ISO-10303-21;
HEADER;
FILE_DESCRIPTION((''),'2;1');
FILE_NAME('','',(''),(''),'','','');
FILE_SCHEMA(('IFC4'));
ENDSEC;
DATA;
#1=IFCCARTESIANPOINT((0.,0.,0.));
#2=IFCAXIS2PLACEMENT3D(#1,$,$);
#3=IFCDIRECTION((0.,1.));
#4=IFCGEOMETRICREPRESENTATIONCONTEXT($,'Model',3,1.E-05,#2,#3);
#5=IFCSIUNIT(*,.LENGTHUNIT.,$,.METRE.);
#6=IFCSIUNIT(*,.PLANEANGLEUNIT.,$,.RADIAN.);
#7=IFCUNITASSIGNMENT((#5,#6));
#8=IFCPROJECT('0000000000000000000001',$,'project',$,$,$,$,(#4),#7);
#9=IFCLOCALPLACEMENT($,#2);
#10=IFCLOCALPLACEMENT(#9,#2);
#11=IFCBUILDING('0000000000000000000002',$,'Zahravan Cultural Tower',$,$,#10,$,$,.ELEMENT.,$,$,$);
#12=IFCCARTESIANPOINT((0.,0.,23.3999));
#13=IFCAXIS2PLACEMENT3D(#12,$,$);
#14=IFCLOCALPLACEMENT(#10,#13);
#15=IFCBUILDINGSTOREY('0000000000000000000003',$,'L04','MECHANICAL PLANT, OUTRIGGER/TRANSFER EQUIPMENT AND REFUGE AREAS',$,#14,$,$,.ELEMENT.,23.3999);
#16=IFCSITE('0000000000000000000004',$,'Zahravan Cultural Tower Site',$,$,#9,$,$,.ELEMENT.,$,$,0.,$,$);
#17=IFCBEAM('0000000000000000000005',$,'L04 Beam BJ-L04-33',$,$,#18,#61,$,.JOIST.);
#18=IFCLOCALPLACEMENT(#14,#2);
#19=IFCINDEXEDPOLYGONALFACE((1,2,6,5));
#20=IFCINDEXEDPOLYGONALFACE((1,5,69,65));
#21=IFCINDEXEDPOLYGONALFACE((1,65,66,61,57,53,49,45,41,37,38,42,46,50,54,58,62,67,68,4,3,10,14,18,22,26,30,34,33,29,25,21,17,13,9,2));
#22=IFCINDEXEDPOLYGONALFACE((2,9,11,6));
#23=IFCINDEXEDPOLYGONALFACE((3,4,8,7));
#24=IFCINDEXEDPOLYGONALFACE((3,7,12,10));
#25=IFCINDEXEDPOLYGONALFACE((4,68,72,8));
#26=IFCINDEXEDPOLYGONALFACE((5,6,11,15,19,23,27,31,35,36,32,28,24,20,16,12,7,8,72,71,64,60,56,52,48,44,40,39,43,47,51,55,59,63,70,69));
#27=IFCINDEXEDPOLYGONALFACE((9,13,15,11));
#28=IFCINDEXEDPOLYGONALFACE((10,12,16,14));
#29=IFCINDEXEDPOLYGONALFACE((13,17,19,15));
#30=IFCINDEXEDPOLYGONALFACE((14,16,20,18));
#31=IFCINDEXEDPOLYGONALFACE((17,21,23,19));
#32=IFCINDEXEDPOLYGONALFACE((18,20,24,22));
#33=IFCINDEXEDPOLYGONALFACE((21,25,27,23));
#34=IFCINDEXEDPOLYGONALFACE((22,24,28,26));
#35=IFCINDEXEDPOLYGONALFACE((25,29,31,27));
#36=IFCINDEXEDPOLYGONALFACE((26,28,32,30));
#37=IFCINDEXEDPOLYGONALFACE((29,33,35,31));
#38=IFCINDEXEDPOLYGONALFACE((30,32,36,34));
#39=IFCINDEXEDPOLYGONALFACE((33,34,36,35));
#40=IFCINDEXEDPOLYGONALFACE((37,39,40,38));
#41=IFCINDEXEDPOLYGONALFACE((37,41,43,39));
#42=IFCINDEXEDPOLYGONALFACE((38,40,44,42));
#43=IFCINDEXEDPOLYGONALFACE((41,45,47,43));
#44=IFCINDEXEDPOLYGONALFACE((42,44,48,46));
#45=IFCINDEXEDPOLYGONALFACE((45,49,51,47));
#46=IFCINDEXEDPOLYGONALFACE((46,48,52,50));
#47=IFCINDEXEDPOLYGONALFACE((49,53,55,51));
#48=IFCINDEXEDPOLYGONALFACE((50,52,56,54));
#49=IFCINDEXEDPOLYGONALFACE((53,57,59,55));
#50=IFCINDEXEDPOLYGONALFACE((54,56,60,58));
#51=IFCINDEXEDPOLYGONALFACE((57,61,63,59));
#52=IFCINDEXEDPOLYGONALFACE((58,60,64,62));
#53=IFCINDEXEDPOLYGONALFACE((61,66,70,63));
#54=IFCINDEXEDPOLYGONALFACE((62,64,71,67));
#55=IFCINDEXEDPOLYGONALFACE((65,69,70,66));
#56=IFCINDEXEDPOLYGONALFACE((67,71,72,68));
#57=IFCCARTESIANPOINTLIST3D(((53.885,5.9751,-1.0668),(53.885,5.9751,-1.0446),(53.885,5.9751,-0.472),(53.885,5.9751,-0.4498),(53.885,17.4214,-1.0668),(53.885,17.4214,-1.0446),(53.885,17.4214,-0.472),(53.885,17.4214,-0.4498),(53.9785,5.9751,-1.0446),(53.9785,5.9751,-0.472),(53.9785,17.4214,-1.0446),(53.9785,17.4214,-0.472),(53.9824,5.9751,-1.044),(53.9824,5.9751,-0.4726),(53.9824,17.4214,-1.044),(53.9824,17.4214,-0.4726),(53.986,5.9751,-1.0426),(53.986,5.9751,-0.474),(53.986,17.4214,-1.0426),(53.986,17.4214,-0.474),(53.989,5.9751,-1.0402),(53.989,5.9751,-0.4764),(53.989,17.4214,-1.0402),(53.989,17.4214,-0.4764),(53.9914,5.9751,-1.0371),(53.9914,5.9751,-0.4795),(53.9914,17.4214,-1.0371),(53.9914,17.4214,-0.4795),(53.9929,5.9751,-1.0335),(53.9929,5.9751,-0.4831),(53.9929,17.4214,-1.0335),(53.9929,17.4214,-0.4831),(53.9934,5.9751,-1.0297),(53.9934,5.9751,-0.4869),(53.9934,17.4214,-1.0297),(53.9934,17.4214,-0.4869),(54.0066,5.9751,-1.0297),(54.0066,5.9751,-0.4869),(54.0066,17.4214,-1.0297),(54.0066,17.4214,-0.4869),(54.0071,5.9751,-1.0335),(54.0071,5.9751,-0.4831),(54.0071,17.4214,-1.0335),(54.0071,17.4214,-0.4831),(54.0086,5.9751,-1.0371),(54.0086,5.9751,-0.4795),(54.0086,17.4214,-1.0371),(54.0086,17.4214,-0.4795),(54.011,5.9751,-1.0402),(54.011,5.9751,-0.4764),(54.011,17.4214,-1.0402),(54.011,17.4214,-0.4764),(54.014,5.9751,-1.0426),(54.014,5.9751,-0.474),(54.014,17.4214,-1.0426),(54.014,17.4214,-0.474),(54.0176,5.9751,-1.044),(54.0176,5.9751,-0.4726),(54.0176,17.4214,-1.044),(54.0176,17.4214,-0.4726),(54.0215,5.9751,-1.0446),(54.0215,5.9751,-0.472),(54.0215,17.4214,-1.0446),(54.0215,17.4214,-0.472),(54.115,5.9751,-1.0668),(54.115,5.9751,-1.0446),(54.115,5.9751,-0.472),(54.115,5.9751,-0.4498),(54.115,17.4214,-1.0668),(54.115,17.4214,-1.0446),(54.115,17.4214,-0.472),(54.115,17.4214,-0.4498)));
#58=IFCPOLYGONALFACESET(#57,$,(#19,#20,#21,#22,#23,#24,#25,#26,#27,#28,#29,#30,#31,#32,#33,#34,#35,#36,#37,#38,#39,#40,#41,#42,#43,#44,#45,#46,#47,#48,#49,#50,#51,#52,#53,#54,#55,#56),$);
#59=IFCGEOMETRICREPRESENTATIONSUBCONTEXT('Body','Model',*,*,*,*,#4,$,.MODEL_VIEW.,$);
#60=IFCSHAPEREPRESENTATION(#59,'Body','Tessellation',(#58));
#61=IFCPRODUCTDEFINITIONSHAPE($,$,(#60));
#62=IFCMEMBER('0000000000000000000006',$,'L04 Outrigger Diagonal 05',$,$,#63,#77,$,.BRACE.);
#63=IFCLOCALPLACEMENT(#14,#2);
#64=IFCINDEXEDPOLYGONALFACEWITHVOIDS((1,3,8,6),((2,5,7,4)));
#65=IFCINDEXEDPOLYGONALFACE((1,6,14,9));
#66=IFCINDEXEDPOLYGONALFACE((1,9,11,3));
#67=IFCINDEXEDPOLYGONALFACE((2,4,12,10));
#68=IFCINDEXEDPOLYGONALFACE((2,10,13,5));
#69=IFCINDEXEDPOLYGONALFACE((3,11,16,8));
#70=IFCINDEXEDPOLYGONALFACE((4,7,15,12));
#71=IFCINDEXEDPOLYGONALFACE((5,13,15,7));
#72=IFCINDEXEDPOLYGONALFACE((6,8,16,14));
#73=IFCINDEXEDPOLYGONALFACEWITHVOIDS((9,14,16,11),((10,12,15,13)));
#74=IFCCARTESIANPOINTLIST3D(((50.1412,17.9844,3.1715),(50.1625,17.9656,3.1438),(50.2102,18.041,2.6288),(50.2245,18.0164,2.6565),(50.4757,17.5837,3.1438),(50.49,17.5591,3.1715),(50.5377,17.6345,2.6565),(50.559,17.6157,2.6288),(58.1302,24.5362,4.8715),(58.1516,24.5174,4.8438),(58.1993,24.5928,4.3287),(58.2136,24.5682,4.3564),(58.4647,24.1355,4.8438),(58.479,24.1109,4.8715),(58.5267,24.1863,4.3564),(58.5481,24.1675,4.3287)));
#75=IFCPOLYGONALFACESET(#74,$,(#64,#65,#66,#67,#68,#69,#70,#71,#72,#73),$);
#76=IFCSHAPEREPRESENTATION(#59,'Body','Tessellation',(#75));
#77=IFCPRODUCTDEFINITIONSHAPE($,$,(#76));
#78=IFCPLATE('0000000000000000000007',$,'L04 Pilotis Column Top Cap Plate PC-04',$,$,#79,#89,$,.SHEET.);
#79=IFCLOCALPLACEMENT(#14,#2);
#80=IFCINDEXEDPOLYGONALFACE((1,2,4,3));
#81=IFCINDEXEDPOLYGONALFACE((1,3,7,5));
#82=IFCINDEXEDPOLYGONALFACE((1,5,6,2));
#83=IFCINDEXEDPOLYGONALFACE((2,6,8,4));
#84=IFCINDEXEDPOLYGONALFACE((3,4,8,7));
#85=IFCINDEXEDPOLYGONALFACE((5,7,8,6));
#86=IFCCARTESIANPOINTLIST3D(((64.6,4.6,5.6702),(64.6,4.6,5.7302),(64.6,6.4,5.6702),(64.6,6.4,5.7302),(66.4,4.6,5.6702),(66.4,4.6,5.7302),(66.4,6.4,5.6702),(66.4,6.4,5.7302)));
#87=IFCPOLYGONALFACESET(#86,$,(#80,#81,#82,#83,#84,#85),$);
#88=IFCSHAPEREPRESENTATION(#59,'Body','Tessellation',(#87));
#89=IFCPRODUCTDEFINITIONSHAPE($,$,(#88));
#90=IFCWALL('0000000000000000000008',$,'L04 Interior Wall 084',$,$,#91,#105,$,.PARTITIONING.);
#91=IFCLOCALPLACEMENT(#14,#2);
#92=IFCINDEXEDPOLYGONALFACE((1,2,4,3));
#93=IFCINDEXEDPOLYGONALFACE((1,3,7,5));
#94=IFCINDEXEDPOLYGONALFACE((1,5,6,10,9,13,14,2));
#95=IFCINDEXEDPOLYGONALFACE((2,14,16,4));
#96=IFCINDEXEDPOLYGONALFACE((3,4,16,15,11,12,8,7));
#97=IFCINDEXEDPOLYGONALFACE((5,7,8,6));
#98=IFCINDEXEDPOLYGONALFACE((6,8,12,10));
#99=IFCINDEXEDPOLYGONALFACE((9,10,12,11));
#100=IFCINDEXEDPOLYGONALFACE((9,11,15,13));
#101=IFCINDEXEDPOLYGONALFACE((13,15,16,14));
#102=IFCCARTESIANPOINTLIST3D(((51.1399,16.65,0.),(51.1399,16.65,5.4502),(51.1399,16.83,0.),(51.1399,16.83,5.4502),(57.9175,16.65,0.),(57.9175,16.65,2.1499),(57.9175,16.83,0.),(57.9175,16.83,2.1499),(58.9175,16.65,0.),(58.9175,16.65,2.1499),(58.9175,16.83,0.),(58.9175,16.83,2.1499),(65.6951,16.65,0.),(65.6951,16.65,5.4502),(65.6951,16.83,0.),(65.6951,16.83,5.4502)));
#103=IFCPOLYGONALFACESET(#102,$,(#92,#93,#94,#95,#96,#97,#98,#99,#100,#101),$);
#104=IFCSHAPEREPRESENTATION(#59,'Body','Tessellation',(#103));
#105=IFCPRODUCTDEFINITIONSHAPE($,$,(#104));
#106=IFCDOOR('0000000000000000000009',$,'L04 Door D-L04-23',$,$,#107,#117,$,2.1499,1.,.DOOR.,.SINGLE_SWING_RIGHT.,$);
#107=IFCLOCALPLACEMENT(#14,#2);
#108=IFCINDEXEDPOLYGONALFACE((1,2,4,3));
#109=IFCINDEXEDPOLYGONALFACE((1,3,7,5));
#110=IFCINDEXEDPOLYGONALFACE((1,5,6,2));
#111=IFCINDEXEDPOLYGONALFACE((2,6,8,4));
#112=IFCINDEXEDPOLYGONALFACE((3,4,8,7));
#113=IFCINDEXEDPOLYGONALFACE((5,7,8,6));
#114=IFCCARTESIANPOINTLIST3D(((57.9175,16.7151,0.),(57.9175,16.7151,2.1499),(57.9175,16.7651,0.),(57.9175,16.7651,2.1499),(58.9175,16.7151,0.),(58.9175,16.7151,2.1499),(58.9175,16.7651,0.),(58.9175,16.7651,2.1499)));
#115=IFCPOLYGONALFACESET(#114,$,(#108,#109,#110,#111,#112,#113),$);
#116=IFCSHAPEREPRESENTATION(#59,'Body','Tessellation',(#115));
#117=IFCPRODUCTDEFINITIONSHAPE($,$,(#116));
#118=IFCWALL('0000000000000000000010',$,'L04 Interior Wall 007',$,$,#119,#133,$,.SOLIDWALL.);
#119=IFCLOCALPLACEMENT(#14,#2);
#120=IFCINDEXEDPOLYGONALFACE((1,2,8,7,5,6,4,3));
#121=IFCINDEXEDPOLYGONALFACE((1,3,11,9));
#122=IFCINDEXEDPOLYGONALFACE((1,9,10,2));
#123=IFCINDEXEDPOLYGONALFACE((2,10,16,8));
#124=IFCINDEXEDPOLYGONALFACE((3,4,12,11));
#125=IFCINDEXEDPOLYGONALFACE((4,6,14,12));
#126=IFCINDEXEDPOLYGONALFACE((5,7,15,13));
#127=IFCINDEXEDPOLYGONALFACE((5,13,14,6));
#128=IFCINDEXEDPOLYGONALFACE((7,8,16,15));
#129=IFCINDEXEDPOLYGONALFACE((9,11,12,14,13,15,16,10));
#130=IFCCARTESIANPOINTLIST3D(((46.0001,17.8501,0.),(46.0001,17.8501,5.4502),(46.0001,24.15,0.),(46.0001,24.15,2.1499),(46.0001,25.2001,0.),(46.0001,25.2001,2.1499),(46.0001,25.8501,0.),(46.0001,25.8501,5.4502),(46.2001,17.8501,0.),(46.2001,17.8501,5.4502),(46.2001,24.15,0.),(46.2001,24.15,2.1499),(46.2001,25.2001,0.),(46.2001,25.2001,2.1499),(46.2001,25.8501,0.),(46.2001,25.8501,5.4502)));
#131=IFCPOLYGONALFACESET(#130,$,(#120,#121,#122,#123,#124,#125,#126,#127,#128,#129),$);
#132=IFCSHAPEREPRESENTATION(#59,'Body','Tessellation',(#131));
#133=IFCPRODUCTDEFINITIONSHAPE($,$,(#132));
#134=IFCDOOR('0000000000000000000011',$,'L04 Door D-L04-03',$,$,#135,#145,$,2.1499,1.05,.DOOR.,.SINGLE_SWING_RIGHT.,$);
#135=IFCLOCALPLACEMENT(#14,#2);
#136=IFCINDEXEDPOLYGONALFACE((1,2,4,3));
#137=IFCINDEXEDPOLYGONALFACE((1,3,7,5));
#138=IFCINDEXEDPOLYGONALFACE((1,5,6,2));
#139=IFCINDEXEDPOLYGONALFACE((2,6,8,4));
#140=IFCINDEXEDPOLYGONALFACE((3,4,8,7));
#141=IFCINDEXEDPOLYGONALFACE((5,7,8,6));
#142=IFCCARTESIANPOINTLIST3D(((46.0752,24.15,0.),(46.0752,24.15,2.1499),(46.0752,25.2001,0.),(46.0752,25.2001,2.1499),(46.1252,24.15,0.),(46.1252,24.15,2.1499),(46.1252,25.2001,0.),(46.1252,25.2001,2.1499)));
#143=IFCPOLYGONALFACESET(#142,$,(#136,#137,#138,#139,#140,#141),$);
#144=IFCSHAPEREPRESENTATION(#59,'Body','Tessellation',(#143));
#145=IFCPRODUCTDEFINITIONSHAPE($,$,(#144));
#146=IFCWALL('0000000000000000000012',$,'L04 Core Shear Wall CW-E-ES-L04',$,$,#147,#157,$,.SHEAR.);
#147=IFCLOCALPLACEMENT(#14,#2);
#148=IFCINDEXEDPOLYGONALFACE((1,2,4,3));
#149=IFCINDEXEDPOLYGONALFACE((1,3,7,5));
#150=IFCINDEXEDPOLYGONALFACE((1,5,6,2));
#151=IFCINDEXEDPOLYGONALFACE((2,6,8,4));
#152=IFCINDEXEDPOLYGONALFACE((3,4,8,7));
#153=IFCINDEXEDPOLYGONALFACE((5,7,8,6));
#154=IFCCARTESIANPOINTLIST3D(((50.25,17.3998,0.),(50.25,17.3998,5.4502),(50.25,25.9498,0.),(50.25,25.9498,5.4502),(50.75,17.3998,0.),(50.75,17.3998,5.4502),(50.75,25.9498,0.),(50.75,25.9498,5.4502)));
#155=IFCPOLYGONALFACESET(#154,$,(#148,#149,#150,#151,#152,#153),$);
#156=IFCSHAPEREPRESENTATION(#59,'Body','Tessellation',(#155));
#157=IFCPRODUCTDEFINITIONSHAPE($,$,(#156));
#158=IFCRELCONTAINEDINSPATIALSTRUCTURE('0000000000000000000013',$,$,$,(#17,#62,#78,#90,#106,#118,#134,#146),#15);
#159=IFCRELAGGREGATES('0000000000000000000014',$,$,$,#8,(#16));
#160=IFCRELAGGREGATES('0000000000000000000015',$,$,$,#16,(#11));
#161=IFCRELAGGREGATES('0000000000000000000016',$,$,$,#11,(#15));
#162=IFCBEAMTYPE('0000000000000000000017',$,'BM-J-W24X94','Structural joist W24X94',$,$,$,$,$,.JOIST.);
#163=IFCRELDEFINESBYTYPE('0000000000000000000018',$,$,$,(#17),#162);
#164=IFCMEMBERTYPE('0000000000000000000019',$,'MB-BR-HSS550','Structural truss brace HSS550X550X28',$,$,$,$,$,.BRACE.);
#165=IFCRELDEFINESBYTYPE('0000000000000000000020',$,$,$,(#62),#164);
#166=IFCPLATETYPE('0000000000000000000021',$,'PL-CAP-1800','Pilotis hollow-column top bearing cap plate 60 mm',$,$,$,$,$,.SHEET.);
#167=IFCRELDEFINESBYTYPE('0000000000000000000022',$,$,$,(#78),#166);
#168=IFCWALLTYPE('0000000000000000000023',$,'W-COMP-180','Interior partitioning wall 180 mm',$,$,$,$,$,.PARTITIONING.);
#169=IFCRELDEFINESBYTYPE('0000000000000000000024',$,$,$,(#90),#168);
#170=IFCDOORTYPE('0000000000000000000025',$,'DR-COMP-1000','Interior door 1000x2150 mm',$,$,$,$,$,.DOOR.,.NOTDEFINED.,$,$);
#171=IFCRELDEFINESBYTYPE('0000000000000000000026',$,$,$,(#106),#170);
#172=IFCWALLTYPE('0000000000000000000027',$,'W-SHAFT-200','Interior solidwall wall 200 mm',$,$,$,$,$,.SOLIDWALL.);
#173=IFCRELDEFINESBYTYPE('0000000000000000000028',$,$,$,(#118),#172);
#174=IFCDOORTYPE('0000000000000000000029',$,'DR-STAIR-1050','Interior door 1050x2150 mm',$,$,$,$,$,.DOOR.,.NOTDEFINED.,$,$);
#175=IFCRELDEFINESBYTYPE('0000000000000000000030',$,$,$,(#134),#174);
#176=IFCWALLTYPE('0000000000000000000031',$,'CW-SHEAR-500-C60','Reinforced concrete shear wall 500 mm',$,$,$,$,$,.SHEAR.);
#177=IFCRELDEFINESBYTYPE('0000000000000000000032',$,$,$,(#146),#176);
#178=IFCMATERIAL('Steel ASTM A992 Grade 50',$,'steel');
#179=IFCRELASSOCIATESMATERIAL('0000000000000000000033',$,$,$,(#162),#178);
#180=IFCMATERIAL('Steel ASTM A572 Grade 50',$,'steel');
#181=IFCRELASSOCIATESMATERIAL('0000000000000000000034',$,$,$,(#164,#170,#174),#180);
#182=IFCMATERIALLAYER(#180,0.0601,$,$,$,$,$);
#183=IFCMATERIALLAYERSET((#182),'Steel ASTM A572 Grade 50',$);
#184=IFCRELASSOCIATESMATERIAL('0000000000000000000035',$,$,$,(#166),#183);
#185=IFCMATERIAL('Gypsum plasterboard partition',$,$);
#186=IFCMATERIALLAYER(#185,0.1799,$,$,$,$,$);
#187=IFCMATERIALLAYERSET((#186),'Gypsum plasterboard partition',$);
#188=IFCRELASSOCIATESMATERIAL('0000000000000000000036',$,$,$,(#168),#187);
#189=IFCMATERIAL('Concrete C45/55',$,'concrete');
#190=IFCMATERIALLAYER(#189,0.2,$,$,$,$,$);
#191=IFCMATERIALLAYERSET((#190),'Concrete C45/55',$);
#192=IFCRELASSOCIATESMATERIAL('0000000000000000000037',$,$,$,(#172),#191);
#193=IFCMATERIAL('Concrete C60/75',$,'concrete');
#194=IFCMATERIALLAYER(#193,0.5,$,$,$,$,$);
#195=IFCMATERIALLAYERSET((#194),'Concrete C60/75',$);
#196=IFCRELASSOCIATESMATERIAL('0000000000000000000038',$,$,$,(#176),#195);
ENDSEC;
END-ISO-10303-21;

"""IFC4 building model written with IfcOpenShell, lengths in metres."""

from ifc_helpers import new_model, si_unit, direction, frame, frame_2d, origin, origin_2d, place, context, subcontext, project, spatial, rectangle, hollow_rectangle, i_section, extrude, source, transform, mapped, material, layer, layer_set, material_profile, profile_set, type_object, element, fill, save


model = new_model("IFC4")

# Units and contexts
model_context = context("Model", 3, precision=1e-05, world=origin(), true_north=direction((0.0, 1.0)))
body_context = subcontext(model_context, "Body", "Model", "MODEL_VIEW")
ifc_project = project(units=[si_unit("LENGTHUNIT", "METRE"), si_unit("PLANEANGLEUNIT", "RADIAN")], contexts=[model_context])

# Site, building, storey
site_placement = place(None, origin())
site = spatial("IfcSite", under=ifc_project, at=site_placement, Name="Zahravan Cultural Tower Site", CompositionType="ELEMENT", RefElevation=0.0)
building_placement = place(site_placement, origin())
building = spatial("IfcBuilding", under=site, at=building_placement, Name="Zahravan Cultural Tower", CompositionType="ELEMENT")
storey_placement = place(building_placement, frame((0.0, 0.0, 23.3999)))
storey = spatial("IfcBuildingStorey", under=building, at=storey_placement, Name="L04", Description="MECHANICAL PLANT, OUTRIGGER/TRANSFER EQUIPMENT AND REFUGE AREAS", CompositionType="ELEMENT", Elevation=23.3999)

# Shared definitions
ifc_material_1 = material(Name="Concrete C60/75", Category="concrete")
ifc_material_2 = material(Name="Steel ASTM A572 Grade 50", Category="steel")

# Beam
ifc_material_3 = material(Name="Steel ASTM A992 Grade 50", Category="steel")
ifc_material_profile_1 = material_profile(ifc_material_3, i_section(OverallWidth=0.23, OverallDepth=0.6169, WebThickness=0.0132, FlangeThickness=0.0222, FilletRadius=0.0149, at=origin_2d()), Name="W24X94")
ifc_profile_set_1 = profile_set([ifc_material_profile_1], Name="Steel ASTM A992 Grade 50")
beam_type_1 = type_object("IfcBeamType", Name="BM-J-W24X94", Description="Structural joist W24X94", PredefinedType="JOIST", material=ifc_profile_set_1)
shared_shape_1 = source(origin(), body_context, "Body", "SweptSolid", [
    extrude(i_section(OverallWidth=0.23, OverallDepth=0.6169, WebThickness=0.0132, FlangeThickness=0.0222, FilletRadius=0.0149, at=origin_2d()), origin(), (0.0, 0.0, 1.0), 11.4463),
])
beam_1_placement = place(storey_placement, frame((54.0, 5.9751, -0.7583), z_axis=(0.0, 1.0, 0.0), x_axis=(-1.0, 0.0, 0.0)))
element("IfcBeam", 1, at=beam_1_placement, inside=storey, type_object=beam_type_1, Name="L04 Beam BJ-L04-33", PredefinedType="JOIST", context=body_context, shape_type="MappedRepresentation", body=[
    mapped(shared_shape_1, transform((0.0, 0.0, 0.0), x_axis=(1.0, 0.0, 0.0), y_axis=(0.0, 1.0, 0.0), z_axis=(0.0, 0.0, 1.0), scale=1.0)),
])

# Member
ifc_material_profile_2 = material_profile(ifc_material_2, hollow_rectangle(XDim=0.55, YDim=0.55, WallThickness=0.0281, at=origin_2d()), Name="HSS550X550X28")
ifc_profile_set_2 = profile_set([ifc_material_profile_2], Name="Steel ASTM A572 Grade 50")
member_type = type_object("IfcMemberType", Name="MB-BR-HSS550", Description="Structural truss brace HSS550X550X28", PredefinedType="BRACE", material=ifc_profile_set_2)
shared_shape_2 = source(origin(), body_context, "Body", "SweptSolid", [
    extrude(hollow_rectangle(XDim=0.55, YDim=0.55, WallThickness=0.0281, at=origin_2d()), origin(), (0.0, 0.0, 1.0), 10.4709),
])
member_placement = place(storey_placement, frame((50.3501, 17.8, 2.9001), z_axis=(0.762973, 0.625711, 0.16235), x_axis=(-0.634124, 0.773231, 0.0)))
element("IfcMember", 2, at=member_placement, inside=storey, type_object=member_type, Name="L04 Outrigger Diagonal 05", PredefinedType="BRACE", context=body_context, shape_type="MappedRepresentation", body=[
    mapped(shared_shape_2, transform((0.0, 0.0, 0.0), x_axis=(1.0, 0.0, 0.0), y_axis=(0.0, 1.0, 0.0), z_axis=(0.0, 0.0, 1.0), scale=1.0)),
])

# Plate
ifc_layer_1 = layer(ifc_material_2, 0.0601)
ifc_layer_set_1 = layer_set([ifc_layer_1], Name="Steel ASTM A572 Grade 50")
plate_type = type_object("IfcPlateType", Name="PL-CAP-1800", Description="Pilotis hollow-column top bearing cap plate 60 mm", PredefinedType="SHEET", material=ifc_layer_set_1)
shared_shape_3 = source(origin(), body_context, "Body", "SweptSolid", [
    extrude(rectangle(XDim=1.8, YDim=1.8, at=origin_2d()), origin(), (0.0, 0.0, 1.0), 0.0601),
])
plate_placement = place(storey_placement, frame((65.5, 5.5, 5.6702), z_axis=(0.0, 0.0, 1.0), x_axis=(1.0, 0.0, 0.0)))
element("IfcPlate", 3, at=plate_placement, inside=storey, type_object=plate_type, Name="L04 Pilotis Column Top Cap Plate PC-04", PredefinedType="SHEET", context=body_context, shape_type="MappedRepresentation", body=[
    mapped(shared_shape_3, transform((0.0, 0.0, 0.0), x_axis=(1.0, 0.0, 0.0), y_axis=(0.0, 1.0, 0.0), z_axis=(0.0, 0.0, 1.0), scale=1.0)),
])

# Walls, openings, doors
ifc_material_4 = material(Name="Gypsum plasterboard partition")
ifc_layer_2 = layer(ifc_material_4, 0.1799)
ifc_layer_set_2 = layer_set([ifc_layer_2], Name="Gypsum plasterboard partition")
wall_type_1 = type_object("IfcWallType", Name="W-COMP-180", Description="Interior partitioning wall 180 mm", PredefinedType="PARTITIONING", material=ifc_layer_set_2)
wall_1_placement = place(storey_placement, frame((65.6951, 16.74, 0.0), z_axis=(0.0, 0.0, 1.0), x_axis=(-1.0, 0.0, 0.0)))
wall_1 = element("IfcWall", 4, at=wall_1_placement, inside=storey, type_object=wall_type_1, Name="L04 Interior Wall 084", PredefinedType="PARTITIONING", context=body_context, shape_type="SweptSolid", body=[
    extrude(rectangle(XDim=14.5552, YDim=0.1799, at=frame_2d((7.2776, 0.0))), origin(), (0.0, 0.0, 1.0), 5.4502),
])
opening_1_placement = place(wall_1_placement, frame((6.7776, 0.0, 0.0)))
opening_1 = element("IfcOpeningElement", 5, at=opening_1_placement, cuts=wall_1, PredefinedType="OPENING", context=body_context, shape_type="SweptSolid", body=[
    extrude(rectangle(XDim=1.0, YDim=2.1499, at=frame_2d((0.5, 1.075))), frame((0.0, 0.0999, 0.0), z_axis=(0.0, -1.0, 0.0), x_axis=(1.0, 0.0, 0.0)), (0.0, 0.0, 1.0), 0.2),
])
door_type_1 = type_object("IfcDoorType", Name="DR-COMP-1000", Description="Interior door 1000x2150 mm", OperationType="NOTDEFINED", PredefinedType="DOOR", material=ifc_material_2)
shared_shape_4 = source(origin(), body_context, "Body", "SweptSolid", [
    extrude(rectangle(XDim=1.0, YDim=2.1499, at=frame_2d((0.5, 1.075))), frame((0.0, 0.0249, 0.0), z_axis=(0.0, -1.0, 0.0), x_axis=(1.0, 0.0, 0.0)), (0.0, 0.0, 1.0), 0.05),
])
door_1_placement = place(opening_1_placement, origin())
door_1 = element("IfcDoor", 6, at=door_1_placement, inside=storey, type_object=door_type_1, Name="L04 Door D-L04-23", OperationType="SINGLE_SWING_RIGHT", OverallHeight=2.1499, OverallWidth=1.0, PredefinedType="DOOR", context=body_context, shape_type="MappedRepresentation", body=[
    mapped(shared_shape_4, transform((0.0, 0.0, 0.0), x_axis=(1.0, 0.0, 0.0), y_axis=(0.0, 1.0, 0.0), z_axis=(0.0, 0.0, 1.0), scale=1.0)),
])
fill(opening_1, door_1)
ifc_material_5 = material(Name="Concrete C45/55", Category="concrete")
ifc_layer_3 = layer(ifc_material_5, 0.2)
ifc_layer_set_3 = layer_set([ifc_layer_3], Name="Concrete C45/55")
wall_type_2 = type_object("IfcWallType", Name="W-SHAFT-200", Description="Interior solidwall wall 200 mm", PredefinedType="SOLIDWALL", material=ifc_layer_set_3)
wall_2_placement = place(storey_placement, frame((46.1001, 17.8501, 0.0), z_axis=(0.0, 0.0, 1.0), x_axis=(0.0, 1.0, 0.0)))
wall_2 = element("IfcWall", 7, at=wall_2_placement, inside=storey, type_object=wall_type_2, Name="L04 Interior Wall 007", PredefinedType="SOLIDWALL", context=body_context, shape_type="SweptSolid", body=[
    extrude(rectangle(XDim=8.0, YDim=0.2, at=frame_2d((4.0, 0.0))), origin(), (0.0, 0.0, 1.0), 5.4502),
])
opening_2_placement = place(wall_2_placement, frame((6.3, 0.0, 0.0)))
opening_2 = element("IfcOpeningElement", 8, at=opening_2_placement, cuts=wall_2, PredefinedType="OPENING", context=body_context, shape_type="SweptSolid", body=[
    extrude(rectangle(XDim=1.05, YDim=2.1499, at=frame_2d((0.5249, 1.075))), frame((0.0, 0.1099, 0.0), z_axis=(0.0, -1.0, 0.0), x_axis=(1.0, 0.0, 0.0)), (0.0, 0.0, 1.0), 0.22),
])
door_type_2 = type_object("IfcDoorType", Name="DR-STAIR-1050", Description="Interior door 1050x2150 mm", OperationType="NOTDEFINED", PredefinedType="DOOR", material=ifc_material_2)
shared_shape_5 = source(origin(), body_context, "Body", "SweptSolid", [
    extrude(rectangle(XDim=1.05, YDim=2.1499, at=frame_2d((0.5249, 1.075))), frame((0.0, 0.0249, 0.0), z_axis=(0.0, -1.0, 0.0), x_axis=(1.0, 0.0, 0.0)), (0.0, 0.0, 1.0), 0.05),
])
door_2_placement = place(opening_2_placement, origin())
door_2 = element("IfcDoor", 9, at=door_2_placement, inside=storey, type_object=door_type_2, Name="L04 Door D-L04-03", OperationType="SINGLE_SWING_RIGHT", OverallHeight=2.1499, OverallWidth=1.05, PredefinedType="DOOR", context=body_context, shape_type="MappedRepresentation", body=[
    mapped(shared_shape_5, transform((0.0, 0.0, 0.0), x_axis=(1.0, 0.0, 0.0), y_axis=(0.0, 1.0, 0.0), z_axis=(0.0, 0.0, 1.0), scale=1.0)),
])
fill(opening_2, door_2)

# Wall
ifc_layer_4 = layer(ifc_material_1, 0.5)
ifc_layer_set_4 = layer_set([ifc_layer_4], Name="Concrete C60/75")
wall_type_3 = type_object("IfcWallType", Name="CW-SHEAR-500-C60", Description="Reinforced concrete shear wall 500 mm", PredefinedType="SHEAR", material=ifc_layer_set_4)
shared_shape_6 = source(origin(), body_context, "Body", "SweptSolid", [
    extrude(rectangle(XDim=8.55, YDim=0.5, at=frame_2d((4.2749, 0.0))), origin(), (0.0, 0.0, 1.0), 5.4502),
])
wall_3_placement = place(storey_placement, frame((50.5, 17.3999, 0.0), z_axis=(0.0, 0.0, 1.0), x_axis=(0.0, 1.0, 0.0)))
element("IfcWall", 10, at=wall_3_placement, inside=storey, type_object=wall_type_3, Name="L04 Core Shear Wall CW-E-ES-L04", PredefinedType="SHEAR", context=body_context, shape_type="MappedRepresentation", body=[
    mapped(shared_shape_6, transform((0.0, 0.0, 0.0), x_axis=(1.0, 0.0, 0.0), y_axis=(0.0, 1.0, 0.0), z_axis=(0.0, 0.0, 1.0), scale=1.0)),
])

save(model, "model.ifc")
